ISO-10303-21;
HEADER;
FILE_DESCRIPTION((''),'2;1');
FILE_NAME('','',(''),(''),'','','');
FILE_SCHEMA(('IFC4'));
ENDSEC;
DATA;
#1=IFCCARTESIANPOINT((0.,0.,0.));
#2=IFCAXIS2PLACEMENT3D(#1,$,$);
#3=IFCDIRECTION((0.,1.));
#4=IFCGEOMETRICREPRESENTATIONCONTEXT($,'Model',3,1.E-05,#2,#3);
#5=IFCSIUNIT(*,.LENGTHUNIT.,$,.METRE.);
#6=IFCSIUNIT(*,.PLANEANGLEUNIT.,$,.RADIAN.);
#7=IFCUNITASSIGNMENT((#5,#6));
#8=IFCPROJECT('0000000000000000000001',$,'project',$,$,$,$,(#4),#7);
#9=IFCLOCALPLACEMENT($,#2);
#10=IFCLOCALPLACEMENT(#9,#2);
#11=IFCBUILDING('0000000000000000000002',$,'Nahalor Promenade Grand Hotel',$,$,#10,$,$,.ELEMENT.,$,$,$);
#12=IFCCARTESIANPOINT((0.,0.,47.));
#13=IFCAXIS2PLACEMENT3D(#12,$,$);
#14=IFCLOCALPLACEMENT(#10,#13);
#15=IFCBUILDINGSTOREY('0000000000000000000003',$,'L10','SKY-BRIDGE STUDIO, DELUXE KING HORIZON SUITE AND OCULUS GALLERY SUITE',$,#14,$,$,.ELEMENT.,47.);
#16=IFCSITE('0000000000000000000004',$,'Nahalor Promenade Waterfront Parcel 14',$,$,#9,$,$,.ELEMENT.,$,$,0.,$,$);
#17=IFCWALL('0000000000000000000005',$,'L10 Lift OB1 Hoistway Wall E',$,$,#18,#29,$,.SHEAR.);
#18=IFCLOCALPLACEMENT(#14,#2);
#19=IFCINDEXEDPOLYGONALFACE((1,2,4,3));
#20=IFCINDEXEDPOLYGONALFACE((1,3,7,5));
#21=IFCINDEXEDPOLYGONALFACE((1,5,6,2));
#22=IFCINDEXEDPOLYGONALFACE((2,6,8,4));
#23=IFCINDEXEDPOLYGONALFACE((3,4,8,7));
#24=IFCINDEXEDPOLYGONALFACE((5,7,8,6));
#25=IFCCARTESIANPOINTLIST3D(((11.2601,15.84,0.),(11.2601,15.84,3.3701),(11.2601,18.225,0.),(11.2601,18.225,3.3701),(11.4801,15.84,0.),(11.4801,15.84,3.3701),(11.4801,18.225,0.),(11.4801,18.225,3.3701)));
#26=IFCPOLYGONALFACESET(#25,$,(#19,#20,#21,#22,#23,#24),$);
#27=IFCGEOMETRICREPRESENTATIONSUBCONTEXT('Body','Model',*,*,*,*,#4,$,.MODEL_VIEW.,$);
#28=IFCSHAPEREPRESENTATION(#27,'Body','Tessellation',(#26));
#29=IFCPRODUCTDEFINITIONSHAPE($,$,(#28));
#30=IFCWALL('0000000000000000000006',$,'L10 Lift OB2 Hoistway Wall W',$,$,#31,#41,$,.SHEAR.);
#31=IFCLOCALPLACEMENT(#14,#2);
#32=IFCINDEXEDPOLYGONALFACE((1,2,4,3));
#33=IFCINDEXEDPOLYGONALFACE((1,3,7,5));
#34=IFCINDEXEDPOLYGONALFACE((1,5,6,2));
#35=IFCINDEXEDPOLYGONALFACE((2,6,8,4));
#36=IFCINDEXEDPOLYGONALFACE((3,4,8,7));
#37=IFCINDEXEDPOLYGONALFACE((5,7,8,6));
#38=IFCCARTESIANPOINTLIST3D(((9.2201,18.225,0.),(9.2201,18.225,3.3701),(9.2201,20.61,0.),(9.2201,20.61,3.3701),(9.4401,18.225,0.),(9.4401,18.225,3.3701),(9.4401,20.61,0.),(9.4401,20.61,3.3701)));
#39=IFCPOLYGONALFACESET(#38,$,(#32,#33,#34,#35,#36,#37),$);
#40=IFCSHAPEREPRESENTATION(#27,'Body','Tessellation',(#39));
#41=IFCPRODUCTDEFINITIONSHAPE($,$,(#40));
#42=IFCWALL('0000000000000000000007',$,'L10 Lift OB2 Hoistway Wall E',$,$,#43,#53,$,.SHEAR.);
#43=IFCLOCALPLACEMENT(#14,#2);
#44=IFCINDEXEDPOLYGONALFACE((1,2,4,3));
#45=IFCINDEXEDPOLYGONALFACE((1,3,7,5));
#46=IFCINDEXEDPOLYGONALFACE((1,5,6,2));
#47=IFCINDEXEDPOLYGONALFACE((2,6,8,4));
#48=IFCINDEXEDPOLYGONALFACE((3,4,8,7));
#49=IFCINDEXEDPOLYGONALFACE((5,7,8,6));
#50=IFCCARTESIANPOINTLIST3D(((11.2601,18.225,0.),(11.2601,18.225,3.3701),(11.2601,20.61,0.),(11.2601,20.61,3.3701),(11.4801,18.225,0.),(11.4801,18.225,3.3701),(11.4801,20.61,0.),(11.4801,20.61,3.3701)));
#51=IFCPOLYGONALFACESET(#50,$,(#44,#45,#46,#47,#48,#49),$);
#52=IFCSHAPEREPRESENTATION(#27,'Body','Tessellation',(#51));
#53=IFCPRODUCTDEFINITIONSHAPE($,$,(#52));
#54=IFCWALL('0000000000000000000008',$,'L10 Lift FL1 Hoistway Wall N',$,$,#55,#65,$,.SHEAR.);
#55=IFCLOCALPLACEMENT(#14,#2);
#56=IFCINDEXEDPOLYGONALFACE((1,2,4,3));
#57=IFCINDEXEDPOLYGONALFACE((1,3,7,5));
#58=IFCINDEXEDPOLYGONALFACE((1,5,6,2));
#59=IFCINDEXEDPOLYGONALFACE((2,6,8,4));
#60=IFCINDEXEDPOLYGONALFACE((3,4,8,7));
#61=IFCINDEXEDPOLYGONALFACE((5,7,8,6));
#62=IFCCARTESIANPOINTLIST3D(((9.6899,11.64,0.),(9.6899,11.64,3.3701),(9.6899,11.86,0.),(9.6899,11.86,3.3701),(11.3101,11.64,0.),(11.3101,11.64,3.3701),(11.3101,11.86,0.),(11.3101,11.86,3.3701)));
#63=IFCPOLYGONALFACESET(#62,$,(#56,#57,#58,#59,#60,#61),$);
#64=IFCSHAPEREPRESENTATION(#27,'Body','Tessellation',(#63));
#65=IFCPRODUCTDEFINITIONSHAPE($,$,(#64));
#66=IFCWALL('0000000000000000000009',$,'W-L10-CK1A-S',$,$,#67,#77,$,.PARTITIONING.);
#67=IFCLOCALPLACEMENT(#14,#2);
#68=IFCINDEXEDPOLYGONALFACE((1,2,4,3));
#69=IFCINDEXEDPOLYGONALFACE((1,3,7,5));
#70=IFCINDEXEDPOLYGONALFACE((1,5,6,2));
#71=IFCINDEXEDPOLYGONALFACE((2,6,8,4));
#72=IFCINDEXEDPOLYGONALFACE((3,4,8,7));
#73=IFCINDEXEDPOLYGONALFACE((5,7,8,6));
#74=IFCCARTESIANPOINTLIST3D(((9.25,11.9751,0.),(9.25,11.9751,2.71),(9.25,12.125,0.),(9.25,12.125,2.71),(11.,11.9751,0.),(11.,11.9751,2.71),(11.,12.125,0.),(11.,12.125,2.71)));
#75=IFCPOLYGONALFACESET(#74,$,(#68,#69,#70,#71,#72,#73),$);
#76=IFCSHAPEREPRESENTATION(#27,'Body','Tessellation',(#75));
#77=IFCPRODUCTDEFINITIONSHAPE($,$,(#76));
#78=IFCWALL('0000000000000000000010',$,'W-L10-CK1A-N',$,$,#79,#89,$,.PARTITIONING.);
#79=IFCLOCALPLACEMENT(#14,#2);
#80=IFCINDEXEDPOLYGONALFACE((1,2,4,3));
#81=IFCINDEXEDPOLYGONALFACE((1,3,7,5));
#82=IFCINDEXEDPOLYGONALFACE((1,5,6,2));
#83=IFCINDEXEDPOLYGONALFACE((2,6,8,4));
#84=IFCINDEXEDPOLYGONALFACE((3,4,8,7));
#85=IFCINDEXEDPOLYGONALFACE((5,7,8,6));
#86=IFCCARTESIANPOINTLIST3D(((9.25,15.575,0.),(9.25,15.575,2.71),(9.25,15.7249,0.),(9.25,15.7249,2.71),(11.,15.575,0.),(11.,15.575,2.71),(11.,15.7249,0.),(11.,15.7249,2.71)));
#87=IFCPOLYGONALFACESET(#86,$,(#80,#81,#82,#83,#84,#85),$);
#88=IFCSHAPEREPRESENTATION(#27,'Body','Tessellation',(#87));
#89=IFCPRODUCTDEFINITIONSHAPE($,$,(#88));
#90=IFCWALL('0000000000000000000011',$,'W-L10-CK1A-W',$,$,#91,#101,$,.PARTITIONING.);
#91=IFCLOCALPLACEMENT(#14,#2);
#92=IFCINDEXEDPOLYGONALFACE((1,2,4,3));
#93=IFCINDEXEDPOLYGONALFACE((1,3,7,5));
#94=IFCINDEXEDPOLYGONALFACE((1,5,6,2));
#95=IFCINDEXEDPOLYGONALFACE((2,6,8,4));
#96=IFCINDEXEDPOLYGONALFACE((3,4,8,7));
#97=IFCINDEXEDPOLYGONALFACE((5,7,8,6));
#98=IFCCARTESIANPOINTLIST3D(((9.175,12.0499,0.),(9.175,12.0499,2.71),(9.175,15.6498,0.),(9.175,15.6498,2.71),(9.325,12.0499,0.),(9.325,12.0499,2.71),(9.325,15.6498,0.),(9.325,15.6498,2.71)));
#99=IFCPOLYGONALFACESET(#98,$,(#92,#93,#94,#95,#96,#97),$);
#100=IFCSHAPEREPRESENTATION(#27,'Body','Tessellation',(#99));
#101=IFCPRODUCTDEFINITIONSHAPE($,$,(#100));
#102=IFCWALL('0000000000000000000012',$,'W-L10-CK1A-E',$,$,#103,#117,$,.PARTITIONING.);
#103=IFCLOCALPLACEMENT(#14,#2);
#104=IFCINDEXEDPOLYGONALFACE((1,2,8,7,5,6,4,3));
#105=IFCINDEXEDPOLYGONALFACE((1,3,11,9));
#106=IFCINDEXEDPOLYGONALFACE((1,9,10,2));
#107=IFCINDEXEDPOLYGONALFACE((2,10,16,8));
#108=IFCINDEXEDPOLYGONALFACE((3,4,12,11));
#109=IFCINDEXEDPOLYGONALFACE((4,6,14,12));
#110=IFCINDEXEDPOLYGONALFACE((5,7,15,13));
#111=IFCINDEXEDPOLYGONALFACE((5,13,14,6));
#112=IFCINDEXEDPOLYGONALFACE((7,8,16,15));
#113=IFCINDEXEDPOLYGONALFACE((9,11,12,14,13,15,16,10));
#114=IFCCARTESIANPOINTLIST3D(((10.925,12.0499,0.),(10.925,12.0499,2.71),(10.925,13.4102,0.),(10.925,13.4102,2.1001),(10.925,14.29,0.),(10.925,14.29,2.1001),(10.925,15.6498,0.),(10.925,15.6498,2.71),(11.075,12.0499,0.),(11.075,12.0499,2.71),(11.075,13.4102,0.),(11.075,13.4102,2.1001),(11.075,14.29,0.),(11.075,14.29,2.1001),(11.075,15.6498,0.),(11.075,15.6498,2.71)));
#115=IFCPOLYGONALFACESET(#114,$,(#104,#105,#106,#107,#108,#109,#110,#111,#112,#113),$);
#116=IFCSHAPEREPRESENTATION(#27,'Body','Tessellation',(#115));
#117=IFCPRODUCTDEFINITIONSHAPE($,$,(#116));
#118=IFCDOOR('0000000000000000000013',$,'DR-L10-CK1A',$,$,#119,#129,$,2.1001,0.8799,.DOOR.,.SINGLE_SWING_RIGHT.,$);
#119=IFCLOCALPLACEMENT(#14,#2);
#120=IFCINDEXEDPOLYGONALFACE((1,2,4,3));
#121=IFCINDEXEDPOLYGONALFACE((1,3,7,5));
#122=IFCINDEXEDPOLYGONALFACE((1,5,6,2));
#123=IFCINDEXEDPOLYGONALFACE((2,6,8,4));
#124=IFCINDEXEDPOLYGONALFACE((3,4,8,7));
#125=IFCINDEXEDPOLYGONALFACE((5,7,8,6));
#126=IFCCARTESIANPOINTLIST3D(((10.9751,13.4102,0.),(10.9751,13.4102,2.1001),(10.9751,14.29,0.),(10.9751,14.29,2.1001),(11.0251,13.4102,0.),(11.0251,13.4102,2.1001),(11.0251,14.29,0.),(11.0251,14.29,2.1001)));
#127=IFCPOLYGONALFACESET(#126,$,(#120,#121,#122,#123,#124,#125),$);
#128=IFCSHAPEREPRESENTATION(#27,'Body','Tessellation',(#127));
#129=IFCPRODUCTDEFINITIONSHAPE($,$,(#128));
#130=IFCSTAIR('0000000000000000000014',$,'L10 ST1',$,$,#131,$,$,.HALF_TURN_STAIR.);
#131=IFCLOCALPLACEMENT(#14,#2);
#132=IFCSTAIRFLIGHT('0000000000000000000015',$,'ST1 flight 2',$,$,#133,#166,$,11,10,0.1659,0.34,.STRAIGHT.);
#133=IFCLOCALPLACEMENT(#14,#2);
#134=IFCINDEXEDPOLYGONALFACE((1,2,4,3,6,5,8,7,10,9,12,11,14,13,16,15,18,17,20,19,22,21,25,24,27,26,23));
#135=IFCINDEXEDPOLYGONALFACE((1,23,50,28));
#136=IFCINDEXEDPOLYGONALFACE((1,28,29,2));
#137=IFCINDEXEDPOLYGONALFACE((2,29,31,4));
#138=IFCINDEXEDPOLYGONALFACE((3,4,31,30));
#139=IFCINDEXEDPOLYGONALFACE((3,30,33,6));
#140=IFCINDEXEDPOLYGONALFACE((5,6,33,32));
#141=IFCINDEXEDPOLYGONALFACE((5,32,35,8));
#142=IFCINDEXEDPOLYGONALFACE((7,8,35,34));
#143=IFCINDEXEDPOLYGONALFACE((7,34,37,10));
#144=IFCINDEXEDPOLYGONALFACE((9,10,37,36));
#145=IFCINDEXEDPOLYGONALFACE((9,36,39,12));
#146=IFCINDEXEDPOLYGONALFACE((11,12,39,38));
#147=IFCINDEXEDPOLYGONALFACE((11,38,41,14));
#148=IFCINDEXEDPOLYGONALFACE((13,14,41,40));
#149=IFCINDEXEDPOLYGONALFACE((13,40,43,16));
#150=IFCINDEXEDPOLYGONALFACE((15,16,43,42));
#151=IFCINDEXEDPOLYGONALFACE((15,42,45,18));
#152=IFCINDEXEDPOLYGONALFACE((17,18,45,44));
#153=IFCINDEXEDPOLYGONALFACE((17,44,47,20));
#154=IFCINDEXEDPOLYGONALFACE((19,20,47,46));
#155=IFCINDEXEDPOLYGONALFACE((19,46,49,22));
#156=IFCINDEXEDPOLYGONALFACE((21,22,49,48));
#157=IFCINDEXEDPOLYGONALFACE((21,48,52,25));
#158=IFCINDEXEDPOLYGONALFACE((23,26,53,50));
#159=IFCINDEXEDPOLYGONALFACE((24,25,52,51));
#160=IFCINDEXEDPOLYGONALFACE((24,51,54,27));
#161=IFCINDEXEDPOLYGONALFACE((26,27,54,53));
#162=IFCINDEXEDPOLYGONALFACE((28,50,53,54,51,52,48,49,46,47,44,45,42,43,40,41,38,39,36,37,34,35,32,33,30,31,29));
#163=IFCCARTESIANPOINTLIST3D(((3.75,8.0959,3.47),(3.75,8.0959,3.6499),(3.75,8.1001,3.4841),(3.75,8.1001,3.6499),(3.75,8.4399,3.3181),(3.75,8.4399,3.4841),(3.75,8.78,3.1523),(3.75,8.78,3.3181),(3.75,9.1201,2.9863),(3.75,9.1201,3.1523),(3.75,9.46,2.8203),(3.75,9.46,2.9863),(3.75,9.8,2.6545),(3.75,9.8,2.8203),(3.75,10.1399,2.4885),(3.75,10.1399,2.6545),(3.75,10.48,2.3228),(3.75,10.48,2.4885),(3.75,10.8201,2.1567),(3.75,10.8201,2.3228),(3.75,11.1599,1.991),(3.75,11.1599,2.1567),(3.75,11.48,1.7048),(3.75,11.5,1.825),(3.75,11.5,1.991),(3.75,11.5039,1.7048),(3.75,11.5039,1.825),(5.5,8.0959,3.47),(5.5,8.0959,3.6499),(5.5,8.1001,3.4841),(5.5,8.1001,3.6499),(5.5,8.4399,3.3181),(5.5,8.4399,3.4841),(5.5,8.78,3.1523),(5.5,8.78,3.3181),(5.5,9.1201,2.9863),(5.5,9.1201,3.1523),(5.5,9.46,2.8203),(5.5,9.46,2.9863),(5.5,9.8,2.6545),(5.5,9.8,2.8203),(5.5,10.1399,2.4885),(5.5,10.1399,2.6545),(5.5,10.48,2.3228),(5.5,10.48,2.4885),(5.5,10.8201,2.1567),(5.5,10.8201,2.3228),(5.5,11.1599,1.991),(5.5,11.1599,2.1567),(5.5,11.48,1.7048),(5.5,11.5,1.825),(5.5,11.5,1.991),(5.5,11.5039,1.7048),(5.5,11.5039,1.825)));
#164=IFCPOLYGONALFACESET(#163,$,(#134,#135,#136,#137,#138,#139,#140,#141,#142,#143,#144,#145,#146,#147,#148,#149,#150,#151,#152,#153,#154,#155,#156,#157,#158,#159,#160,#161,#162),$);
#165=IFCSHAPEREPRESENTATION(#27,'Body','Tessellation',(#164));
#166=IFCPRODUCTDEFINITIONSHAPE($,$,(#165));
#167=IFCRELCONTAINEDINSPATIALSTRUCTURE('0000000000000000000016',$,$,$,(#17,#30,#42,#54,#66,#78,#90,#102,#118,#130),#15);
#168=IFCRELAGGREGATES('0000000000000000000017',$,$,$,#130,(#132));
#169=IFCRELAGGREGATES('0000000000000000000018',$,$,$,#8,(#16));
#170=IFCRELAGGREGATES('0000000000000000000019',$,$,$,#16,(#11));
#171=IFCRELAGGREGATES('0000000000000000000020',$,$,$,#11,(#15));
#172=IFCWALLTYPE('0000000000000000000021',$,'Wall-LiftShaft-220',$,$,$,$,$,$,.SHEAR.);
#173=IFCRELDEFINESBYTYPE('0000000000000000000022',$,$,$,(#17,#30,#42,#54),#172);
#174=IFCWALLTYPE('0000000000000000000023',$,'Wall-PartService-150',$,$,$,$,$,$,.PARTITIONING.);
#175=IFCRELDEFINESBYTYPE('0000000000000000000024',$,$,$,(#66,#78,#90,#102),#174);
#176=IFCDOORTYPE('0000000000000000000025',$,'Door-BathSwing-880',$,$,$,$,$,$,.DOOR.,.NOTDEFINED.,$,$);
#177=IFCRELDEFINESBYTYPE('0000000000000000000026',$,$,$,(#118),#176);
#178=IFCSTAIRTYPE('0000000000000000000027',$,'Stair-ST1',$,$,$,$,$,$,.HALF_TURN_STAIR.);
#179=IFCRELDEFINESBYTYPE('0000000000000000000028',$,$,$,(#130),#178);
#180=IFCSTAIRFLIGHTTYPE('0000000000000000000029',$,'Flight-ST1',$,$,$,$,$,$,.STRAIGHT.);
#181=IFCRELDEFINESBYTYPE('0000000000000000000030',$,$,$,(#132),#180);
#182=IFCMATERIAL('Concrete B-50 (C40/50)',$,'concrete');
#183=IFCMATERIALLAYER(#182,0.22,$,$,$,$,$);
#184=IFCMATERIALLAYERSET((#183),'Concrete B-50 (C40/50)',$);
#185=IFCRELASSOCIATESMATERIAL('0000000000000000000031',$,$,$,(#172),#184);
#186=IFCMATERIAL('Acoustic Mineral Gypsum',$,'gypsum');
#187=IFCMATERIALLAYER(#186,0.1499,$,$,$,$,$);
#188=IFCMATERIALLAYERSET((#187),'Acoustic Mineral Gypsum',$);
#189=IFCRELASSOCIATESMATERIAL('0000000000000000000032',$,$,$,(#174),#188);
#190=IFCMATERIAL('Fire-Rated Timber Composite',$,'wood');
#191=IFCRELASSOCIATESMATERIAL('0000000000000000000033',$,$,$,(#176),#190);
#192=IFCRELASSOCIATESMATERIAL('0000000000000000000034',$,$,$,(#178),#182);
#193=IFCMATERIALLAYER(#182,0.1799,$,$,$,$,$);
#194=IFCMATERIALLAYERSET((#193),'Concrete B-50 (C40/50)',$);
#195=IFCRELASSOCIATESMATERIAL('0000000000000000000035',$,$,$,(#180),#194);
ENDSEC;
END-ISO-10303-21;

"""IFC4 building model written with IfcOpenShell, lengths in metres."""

from ifc_helpers import new_model, si_unit, direction, frame, frame_2d, origin, place, context, subcontext, project, spatial, polyline, rectangle, outline, extrude, source, transform, mapped, material, layer, layer_set, type_object, element, fill, aggregate, save


model = new_model("IFC4")

# Units and contexts
model_context = context("Model", 3, precision=1e-05, world=origin(), true_north=direction((0.0, 1.0)))
body_context = subcontext(model_context, "Body", "Model", "MODEL_VIEW")
ifc_project = project(units=[si_unit("LENGTHUNIT", "METRE"), si_unit("PLANEANGLEUNIT", "RADIAN")], contexts=[model_context])

# Site, building, storey
site_placement = place(None, origin())
site = spatial("IfcSite", under=ifc_project, at=site_placement, Name="Nahalor Promenade Waterfront Parcel 14", CompositionType="ELEMENT", RefElevation=0.0)
building_placement = place(site_placement, origin())
building = spatial("IfcBuilding", under=site, at=building_placement, Name="Nahalor Promenade Grand Hotel", CompositionType="ELEMENT")
storey_placement = place(building_placement, frame((0.0, 0.0, 47.0)))
storey = spatial("IfcBuildingStorey", under=building, at=storey_placement, Name="L10", Description="SKY-BRIDGE STUDIO, DELUXE KING HORIZON SUITE AND OCULUS GALLERY SUITE", CompositionType="ELEMENT", Elevation=47.0)

# Shared definitions
ifc_material_1 = material(Name="Concrete B-50 (C40/50)", Category="concrete")
ifc_layer_1 = layer(ifc_material_1, 0.22)
ifc_layer_set_1 = layer_set([ifc_layer_1], Name="Concrete B-50 (C40/50)")
wall_type_1 = type_object("IfcWallType", Name="Wall-LiftShaft-220", PredefinedType="SHEAR", material=ifc_layer_set_1)

# Walls
shared_shape_1 = source(origin(), body_context, "Body", "SweptSolid", [
    extrude(rectangle(XDim=2.385, YDim=0.22, at=frame_2d((1.1924, 0.0))), origin(), (0.0, 0.0, 1.0), 3.3701),
])
for number, where, z_axis, x_axis, name in (
    (1, (11.3701, 15.8401, 0.0), (0.0, 0.0, 1.0), (0.0, 1.0, 0.0), "L10 Lift OB1 Hoistway Wall E"),
    (2, (9.3301, 18.2251, 0.0), (0.0, 0.0, 1.0), (0.0, 1.0, 0.0), "L10 Lift OB2 Hoistway Wall W"),
    (3, (11.3701, 18.2251, 0.0), (0.0, 0.0, 1.0), (0.0, 1.0, 0.0), "L10 Lift OB2 Hoistway Wall E"),
):
    element("IfcWall", number, at=place(storey_placement, frame(where, z_axis=z_axis, x_axis=x_axis)), inside=storey, type_object=wall_type_1, Name=name, PredefinedType="SHEAR", context=body_context, shape_type="MappedRepresentation", body=[
        mapped(shared_shape_1, transform((0.0, 0.0, 0.0), scale=1.0)),
    ])
shared_shape_2 = source(origin(), body_context, "Body", "SweptSolid", [
    extrude(rectangle(XDim=1.6201, YDim=0.22, at=frame_2d((0.8101, 0.0))), origin(), (0.0, 0.0, 1.0), 3.3701),
])
wall_1_placement = place(storey_placement, frame((9.6899, 11.75, 0.0), z_axis=(0.0, 0.0, 1.0), x_axis=(1.0, 0.0, 0.0)))
element("IfcWall", 4, at=wall_1_placement, inside=storey, type_object=wall_type_1, Name="L10 Lift FL1 Hoistway Wall N", PredefinedType="SHEAR", context=body_context, shape_type="MappedRepresentation", body=[
    mapped(shared_shape_2, transform((0.0, 0.0, 0.0), scale=1.0)),
])
ifc_material_2 = material(Name="Acoustic Mineral Gypsum", Category="gypsum")
ifc_layer_2 = layer(ifc_material_2, 0.1499)
ifc_layer_set_2 = layer_set([ifc_layer_2], Name="Acoustic Mineral Gypsum")
wall_type_2 = type_object("IfcWallType", Name="Wall-PartService-150", PredefinedType="PARTITIONING", material=ifc_layer_set_2)
shared_shape_3 = source(origin(), body_context, "Body", "SweptSolid", [
    extrude(rectangle(XDim=1.75, YDim=0.1499, at=frame_2d((0.875, 0.0))), origin(), (0.0, 0.0, 1.0), 2.71),
])
for number, where, z_axis, x_axis, name in (
    (5, (9.25, 12.05, 0.0), (0.0, 0.0, 1.0), (1.0, 0.0, 0.0), "W-L10-CK1A-S"),
    (6, (9.25, 15.6499, 0.0), (0.0, 0.0, 1.0), (1.0, 0.0, 0.0), "W-L10-CK1A-N"),
):
    element("IfcWall", number, at=place(storey_placement, frame(where, z_axis=z_axis, x_axis=x_axis)), inside=storey, type_object=wall_type_2, Name=name, PredefinedType="PARTITIONING", context=body_context, shape_type="MappedRepresentation", body=[
        mapped(shared_shape_3, transform((0.0, 0.0, 0.0), scale=1.0)),
    ])
shared_shape_4 = source(origin(), body_context, "Body", "SweptSolid", [
    extrude(rectangle(XDim=3.5999, YDim=0.1499, at=frame_2d((1.7998, 0.0))), origin(), (0.0, 0.0, 1.0), 2.71),
])
wall_2_placement = place(storey_placement, frame((9.25, 12.05, 0.0), z_axis=(0.0, 0.0, 1.0), x_axis=(0.0, 1.0, 0.0)))
element("IfcWall", 7, at=wall_2_placement, inside=storey, type_object=wall_type_2, Name="W-L10-CK1A-W", PredefinedType="PARTITIONING", context=body_context, shape_type="MappedRepresentation", body=[
    mapped(shared_shape_4, transform((0.0, 0.0, 0.0), scale=1.0)),
])

# Wall, opening, door
wall_3_placement = place(storey_placement, frame((11.0, 12.05, 0.0), z_axis=(0.0, 0.0, 1.0), x_axis=(0.0, 1.0, 0.0)))
wall_3 = element("IfcWall", 8, at=wall_3_placement, inside=storey, type_object=wall_type_2, Name="W-L10-CK1A-E", PredefinedType="PARTITIONING", context=body_context, shape_type="MappedRepresentation", body=[
    mapped(shared_shape_4, transform((0.0, 0.0, 0.0), scale=1.0)),
])
opening_1_placement = place(wall_3_placement, frame((1.3601, 0.0, 0.0)))
opening_1 = element("IfcOpeningElement", 9, at=opening_1_placement, cuts=wall_3, PredefinedType="OPENING", context=body_context, shape_type="SweptSolid", body=[
    extrude(rectangle(XDim=0.8799, YDim=2.1001, at=frame_2d((0.4399, 1.05))), frame((0.0, 0.085, 0.0), z_axis=(0.0, -1.0, 0.0), x_axis=(1.0, 0.0, 0.0)), (0.0, 0.0, 1.0), 0.1699),
])
ifc_material_3 = material(Name="Fire-Rated Timber Composite", Category="wood")
door_type_1 = type_object("IfcDoorType", Name="Door-BathSwing-880", OperationType="NOTDEFINED", PredefinedType="DOOR", material=ifc_material_3)
shared_shape_5 = source(origin(), body_context, "Body", "SweptSolid", [
    extrude(rectangle(XDim=0.8799, YDim=2.1001, at=frame_2d((0.4399, 1.05))), frame((0.0, 0.0249, 0.0), z_axis=(0.0, -1.0, 0.0), x_axis=(1.0, 0.0, 0.0)), (0.0, 0.0, 1.0), 0.05),
])
door_1_placement = place(opening_1_placement, origin())
door_1 = element("IfcDoor", 10, at=door_1_placement, inside=storey, type_object=door_type_1, Name="DR-L10-CK1A", OperationType="SINGLE_SWING_RIGHT", OverallHeight=2.1001, OverallWidth=0.8799, PredefinedType="DOOR", context=body_context, shape_type="MappedRepresentation", body=[
    mapped(shared_shape_5, transform((0.0, 0.0, 0.0), scale=1.0)),
])
fill(opening_1, door_1)

# Stair, stair flight
stair_type = type_object("IfcStairType", Name="Stair-ST1", PredefinedType="HALF_TURN_STAIR", material=ifc_material_1)
stair_placement = place(storey_placement, origin())
stair = element("IfcStair", 11, at=stair_placement, inside=storey, type_object=stair_type, Name="L10 ST1", PredefinedType="HALF_TURN_STAIR")
ifc_layer_3 = layer(ifc_material_1, 0.1799)
ifc_layer_set_3 = layer_set([ifc_layer_3], Name="Concrete B-50 (C40/50)")
stair_flight_type = type_object("IfcStairFlightType", Name="Flight-ST1", PredefinedType="STRAIGHT", material=ifc_layer_set_3)
shared_shape_6 = source(origin(), body_context, "Body", "SweptSolid", [
    extrude(outline(polyline([(-0.0039, -0.1201), (-0.0039, 0.0), (0.0, 0.0), (0.0, 0.166), (0.3401, 0.166), (0.3401, 0.3318), (0.6799, 0.3318), (0.6799, 0.4978), (1.02, 0.4978), (1.02, 0.6636), (1.3601, 0.6636), (1.3601, 0.8296), (1.7, 0.8296), (1.7, 0.9954), (2.04, 0.9954), (2.04, 1.1614), (2.3799, 1.1614), (2.3799, 1.3274), (2.72, 1.3274), (2.72, 1.4932), (3.0601, 1.4932), (3.0601, 1.6592), (3.3999, 1.6592), (3.3999, 1.825), (3.4041, 1.825), (3.4041, 1.645), (0.02, -0.1201), (-0.0039, -0.1201)])), frame((0.0, 0.875, 0.0), z_axis=(0.0, -1.0, 0.0), x_axis=(1.0, 0.0, 0.0)), (0.0, 0.0, 1.0), 1.75),
])
stair_flight_placement = place(storey_placement, frame((4.625, 11.5, 1.825), z_axis=(0.0, 0.0, 1.0), x_axis=(0.0, -1.0, 0.0)))
stair_flight = element("IfcStairFlight", 12, at=stair_flight_placement, type_object=stair_flight_type, Name="ST1 flight 2", NumberOfRisers=11, NumberOfTreads=10, PredefinedType="STRAIGHT", RiserHeight=0.1659, TreadLength=0.34, context=body_context, shape_type="MappedRepresentation", body=[
    mapped(shared_shape_6, transform((0.0, 0.0, 0.0), scale=1.0)),
])
aggregate(stair, [stair_flight])

save(model, "model.ifc")
